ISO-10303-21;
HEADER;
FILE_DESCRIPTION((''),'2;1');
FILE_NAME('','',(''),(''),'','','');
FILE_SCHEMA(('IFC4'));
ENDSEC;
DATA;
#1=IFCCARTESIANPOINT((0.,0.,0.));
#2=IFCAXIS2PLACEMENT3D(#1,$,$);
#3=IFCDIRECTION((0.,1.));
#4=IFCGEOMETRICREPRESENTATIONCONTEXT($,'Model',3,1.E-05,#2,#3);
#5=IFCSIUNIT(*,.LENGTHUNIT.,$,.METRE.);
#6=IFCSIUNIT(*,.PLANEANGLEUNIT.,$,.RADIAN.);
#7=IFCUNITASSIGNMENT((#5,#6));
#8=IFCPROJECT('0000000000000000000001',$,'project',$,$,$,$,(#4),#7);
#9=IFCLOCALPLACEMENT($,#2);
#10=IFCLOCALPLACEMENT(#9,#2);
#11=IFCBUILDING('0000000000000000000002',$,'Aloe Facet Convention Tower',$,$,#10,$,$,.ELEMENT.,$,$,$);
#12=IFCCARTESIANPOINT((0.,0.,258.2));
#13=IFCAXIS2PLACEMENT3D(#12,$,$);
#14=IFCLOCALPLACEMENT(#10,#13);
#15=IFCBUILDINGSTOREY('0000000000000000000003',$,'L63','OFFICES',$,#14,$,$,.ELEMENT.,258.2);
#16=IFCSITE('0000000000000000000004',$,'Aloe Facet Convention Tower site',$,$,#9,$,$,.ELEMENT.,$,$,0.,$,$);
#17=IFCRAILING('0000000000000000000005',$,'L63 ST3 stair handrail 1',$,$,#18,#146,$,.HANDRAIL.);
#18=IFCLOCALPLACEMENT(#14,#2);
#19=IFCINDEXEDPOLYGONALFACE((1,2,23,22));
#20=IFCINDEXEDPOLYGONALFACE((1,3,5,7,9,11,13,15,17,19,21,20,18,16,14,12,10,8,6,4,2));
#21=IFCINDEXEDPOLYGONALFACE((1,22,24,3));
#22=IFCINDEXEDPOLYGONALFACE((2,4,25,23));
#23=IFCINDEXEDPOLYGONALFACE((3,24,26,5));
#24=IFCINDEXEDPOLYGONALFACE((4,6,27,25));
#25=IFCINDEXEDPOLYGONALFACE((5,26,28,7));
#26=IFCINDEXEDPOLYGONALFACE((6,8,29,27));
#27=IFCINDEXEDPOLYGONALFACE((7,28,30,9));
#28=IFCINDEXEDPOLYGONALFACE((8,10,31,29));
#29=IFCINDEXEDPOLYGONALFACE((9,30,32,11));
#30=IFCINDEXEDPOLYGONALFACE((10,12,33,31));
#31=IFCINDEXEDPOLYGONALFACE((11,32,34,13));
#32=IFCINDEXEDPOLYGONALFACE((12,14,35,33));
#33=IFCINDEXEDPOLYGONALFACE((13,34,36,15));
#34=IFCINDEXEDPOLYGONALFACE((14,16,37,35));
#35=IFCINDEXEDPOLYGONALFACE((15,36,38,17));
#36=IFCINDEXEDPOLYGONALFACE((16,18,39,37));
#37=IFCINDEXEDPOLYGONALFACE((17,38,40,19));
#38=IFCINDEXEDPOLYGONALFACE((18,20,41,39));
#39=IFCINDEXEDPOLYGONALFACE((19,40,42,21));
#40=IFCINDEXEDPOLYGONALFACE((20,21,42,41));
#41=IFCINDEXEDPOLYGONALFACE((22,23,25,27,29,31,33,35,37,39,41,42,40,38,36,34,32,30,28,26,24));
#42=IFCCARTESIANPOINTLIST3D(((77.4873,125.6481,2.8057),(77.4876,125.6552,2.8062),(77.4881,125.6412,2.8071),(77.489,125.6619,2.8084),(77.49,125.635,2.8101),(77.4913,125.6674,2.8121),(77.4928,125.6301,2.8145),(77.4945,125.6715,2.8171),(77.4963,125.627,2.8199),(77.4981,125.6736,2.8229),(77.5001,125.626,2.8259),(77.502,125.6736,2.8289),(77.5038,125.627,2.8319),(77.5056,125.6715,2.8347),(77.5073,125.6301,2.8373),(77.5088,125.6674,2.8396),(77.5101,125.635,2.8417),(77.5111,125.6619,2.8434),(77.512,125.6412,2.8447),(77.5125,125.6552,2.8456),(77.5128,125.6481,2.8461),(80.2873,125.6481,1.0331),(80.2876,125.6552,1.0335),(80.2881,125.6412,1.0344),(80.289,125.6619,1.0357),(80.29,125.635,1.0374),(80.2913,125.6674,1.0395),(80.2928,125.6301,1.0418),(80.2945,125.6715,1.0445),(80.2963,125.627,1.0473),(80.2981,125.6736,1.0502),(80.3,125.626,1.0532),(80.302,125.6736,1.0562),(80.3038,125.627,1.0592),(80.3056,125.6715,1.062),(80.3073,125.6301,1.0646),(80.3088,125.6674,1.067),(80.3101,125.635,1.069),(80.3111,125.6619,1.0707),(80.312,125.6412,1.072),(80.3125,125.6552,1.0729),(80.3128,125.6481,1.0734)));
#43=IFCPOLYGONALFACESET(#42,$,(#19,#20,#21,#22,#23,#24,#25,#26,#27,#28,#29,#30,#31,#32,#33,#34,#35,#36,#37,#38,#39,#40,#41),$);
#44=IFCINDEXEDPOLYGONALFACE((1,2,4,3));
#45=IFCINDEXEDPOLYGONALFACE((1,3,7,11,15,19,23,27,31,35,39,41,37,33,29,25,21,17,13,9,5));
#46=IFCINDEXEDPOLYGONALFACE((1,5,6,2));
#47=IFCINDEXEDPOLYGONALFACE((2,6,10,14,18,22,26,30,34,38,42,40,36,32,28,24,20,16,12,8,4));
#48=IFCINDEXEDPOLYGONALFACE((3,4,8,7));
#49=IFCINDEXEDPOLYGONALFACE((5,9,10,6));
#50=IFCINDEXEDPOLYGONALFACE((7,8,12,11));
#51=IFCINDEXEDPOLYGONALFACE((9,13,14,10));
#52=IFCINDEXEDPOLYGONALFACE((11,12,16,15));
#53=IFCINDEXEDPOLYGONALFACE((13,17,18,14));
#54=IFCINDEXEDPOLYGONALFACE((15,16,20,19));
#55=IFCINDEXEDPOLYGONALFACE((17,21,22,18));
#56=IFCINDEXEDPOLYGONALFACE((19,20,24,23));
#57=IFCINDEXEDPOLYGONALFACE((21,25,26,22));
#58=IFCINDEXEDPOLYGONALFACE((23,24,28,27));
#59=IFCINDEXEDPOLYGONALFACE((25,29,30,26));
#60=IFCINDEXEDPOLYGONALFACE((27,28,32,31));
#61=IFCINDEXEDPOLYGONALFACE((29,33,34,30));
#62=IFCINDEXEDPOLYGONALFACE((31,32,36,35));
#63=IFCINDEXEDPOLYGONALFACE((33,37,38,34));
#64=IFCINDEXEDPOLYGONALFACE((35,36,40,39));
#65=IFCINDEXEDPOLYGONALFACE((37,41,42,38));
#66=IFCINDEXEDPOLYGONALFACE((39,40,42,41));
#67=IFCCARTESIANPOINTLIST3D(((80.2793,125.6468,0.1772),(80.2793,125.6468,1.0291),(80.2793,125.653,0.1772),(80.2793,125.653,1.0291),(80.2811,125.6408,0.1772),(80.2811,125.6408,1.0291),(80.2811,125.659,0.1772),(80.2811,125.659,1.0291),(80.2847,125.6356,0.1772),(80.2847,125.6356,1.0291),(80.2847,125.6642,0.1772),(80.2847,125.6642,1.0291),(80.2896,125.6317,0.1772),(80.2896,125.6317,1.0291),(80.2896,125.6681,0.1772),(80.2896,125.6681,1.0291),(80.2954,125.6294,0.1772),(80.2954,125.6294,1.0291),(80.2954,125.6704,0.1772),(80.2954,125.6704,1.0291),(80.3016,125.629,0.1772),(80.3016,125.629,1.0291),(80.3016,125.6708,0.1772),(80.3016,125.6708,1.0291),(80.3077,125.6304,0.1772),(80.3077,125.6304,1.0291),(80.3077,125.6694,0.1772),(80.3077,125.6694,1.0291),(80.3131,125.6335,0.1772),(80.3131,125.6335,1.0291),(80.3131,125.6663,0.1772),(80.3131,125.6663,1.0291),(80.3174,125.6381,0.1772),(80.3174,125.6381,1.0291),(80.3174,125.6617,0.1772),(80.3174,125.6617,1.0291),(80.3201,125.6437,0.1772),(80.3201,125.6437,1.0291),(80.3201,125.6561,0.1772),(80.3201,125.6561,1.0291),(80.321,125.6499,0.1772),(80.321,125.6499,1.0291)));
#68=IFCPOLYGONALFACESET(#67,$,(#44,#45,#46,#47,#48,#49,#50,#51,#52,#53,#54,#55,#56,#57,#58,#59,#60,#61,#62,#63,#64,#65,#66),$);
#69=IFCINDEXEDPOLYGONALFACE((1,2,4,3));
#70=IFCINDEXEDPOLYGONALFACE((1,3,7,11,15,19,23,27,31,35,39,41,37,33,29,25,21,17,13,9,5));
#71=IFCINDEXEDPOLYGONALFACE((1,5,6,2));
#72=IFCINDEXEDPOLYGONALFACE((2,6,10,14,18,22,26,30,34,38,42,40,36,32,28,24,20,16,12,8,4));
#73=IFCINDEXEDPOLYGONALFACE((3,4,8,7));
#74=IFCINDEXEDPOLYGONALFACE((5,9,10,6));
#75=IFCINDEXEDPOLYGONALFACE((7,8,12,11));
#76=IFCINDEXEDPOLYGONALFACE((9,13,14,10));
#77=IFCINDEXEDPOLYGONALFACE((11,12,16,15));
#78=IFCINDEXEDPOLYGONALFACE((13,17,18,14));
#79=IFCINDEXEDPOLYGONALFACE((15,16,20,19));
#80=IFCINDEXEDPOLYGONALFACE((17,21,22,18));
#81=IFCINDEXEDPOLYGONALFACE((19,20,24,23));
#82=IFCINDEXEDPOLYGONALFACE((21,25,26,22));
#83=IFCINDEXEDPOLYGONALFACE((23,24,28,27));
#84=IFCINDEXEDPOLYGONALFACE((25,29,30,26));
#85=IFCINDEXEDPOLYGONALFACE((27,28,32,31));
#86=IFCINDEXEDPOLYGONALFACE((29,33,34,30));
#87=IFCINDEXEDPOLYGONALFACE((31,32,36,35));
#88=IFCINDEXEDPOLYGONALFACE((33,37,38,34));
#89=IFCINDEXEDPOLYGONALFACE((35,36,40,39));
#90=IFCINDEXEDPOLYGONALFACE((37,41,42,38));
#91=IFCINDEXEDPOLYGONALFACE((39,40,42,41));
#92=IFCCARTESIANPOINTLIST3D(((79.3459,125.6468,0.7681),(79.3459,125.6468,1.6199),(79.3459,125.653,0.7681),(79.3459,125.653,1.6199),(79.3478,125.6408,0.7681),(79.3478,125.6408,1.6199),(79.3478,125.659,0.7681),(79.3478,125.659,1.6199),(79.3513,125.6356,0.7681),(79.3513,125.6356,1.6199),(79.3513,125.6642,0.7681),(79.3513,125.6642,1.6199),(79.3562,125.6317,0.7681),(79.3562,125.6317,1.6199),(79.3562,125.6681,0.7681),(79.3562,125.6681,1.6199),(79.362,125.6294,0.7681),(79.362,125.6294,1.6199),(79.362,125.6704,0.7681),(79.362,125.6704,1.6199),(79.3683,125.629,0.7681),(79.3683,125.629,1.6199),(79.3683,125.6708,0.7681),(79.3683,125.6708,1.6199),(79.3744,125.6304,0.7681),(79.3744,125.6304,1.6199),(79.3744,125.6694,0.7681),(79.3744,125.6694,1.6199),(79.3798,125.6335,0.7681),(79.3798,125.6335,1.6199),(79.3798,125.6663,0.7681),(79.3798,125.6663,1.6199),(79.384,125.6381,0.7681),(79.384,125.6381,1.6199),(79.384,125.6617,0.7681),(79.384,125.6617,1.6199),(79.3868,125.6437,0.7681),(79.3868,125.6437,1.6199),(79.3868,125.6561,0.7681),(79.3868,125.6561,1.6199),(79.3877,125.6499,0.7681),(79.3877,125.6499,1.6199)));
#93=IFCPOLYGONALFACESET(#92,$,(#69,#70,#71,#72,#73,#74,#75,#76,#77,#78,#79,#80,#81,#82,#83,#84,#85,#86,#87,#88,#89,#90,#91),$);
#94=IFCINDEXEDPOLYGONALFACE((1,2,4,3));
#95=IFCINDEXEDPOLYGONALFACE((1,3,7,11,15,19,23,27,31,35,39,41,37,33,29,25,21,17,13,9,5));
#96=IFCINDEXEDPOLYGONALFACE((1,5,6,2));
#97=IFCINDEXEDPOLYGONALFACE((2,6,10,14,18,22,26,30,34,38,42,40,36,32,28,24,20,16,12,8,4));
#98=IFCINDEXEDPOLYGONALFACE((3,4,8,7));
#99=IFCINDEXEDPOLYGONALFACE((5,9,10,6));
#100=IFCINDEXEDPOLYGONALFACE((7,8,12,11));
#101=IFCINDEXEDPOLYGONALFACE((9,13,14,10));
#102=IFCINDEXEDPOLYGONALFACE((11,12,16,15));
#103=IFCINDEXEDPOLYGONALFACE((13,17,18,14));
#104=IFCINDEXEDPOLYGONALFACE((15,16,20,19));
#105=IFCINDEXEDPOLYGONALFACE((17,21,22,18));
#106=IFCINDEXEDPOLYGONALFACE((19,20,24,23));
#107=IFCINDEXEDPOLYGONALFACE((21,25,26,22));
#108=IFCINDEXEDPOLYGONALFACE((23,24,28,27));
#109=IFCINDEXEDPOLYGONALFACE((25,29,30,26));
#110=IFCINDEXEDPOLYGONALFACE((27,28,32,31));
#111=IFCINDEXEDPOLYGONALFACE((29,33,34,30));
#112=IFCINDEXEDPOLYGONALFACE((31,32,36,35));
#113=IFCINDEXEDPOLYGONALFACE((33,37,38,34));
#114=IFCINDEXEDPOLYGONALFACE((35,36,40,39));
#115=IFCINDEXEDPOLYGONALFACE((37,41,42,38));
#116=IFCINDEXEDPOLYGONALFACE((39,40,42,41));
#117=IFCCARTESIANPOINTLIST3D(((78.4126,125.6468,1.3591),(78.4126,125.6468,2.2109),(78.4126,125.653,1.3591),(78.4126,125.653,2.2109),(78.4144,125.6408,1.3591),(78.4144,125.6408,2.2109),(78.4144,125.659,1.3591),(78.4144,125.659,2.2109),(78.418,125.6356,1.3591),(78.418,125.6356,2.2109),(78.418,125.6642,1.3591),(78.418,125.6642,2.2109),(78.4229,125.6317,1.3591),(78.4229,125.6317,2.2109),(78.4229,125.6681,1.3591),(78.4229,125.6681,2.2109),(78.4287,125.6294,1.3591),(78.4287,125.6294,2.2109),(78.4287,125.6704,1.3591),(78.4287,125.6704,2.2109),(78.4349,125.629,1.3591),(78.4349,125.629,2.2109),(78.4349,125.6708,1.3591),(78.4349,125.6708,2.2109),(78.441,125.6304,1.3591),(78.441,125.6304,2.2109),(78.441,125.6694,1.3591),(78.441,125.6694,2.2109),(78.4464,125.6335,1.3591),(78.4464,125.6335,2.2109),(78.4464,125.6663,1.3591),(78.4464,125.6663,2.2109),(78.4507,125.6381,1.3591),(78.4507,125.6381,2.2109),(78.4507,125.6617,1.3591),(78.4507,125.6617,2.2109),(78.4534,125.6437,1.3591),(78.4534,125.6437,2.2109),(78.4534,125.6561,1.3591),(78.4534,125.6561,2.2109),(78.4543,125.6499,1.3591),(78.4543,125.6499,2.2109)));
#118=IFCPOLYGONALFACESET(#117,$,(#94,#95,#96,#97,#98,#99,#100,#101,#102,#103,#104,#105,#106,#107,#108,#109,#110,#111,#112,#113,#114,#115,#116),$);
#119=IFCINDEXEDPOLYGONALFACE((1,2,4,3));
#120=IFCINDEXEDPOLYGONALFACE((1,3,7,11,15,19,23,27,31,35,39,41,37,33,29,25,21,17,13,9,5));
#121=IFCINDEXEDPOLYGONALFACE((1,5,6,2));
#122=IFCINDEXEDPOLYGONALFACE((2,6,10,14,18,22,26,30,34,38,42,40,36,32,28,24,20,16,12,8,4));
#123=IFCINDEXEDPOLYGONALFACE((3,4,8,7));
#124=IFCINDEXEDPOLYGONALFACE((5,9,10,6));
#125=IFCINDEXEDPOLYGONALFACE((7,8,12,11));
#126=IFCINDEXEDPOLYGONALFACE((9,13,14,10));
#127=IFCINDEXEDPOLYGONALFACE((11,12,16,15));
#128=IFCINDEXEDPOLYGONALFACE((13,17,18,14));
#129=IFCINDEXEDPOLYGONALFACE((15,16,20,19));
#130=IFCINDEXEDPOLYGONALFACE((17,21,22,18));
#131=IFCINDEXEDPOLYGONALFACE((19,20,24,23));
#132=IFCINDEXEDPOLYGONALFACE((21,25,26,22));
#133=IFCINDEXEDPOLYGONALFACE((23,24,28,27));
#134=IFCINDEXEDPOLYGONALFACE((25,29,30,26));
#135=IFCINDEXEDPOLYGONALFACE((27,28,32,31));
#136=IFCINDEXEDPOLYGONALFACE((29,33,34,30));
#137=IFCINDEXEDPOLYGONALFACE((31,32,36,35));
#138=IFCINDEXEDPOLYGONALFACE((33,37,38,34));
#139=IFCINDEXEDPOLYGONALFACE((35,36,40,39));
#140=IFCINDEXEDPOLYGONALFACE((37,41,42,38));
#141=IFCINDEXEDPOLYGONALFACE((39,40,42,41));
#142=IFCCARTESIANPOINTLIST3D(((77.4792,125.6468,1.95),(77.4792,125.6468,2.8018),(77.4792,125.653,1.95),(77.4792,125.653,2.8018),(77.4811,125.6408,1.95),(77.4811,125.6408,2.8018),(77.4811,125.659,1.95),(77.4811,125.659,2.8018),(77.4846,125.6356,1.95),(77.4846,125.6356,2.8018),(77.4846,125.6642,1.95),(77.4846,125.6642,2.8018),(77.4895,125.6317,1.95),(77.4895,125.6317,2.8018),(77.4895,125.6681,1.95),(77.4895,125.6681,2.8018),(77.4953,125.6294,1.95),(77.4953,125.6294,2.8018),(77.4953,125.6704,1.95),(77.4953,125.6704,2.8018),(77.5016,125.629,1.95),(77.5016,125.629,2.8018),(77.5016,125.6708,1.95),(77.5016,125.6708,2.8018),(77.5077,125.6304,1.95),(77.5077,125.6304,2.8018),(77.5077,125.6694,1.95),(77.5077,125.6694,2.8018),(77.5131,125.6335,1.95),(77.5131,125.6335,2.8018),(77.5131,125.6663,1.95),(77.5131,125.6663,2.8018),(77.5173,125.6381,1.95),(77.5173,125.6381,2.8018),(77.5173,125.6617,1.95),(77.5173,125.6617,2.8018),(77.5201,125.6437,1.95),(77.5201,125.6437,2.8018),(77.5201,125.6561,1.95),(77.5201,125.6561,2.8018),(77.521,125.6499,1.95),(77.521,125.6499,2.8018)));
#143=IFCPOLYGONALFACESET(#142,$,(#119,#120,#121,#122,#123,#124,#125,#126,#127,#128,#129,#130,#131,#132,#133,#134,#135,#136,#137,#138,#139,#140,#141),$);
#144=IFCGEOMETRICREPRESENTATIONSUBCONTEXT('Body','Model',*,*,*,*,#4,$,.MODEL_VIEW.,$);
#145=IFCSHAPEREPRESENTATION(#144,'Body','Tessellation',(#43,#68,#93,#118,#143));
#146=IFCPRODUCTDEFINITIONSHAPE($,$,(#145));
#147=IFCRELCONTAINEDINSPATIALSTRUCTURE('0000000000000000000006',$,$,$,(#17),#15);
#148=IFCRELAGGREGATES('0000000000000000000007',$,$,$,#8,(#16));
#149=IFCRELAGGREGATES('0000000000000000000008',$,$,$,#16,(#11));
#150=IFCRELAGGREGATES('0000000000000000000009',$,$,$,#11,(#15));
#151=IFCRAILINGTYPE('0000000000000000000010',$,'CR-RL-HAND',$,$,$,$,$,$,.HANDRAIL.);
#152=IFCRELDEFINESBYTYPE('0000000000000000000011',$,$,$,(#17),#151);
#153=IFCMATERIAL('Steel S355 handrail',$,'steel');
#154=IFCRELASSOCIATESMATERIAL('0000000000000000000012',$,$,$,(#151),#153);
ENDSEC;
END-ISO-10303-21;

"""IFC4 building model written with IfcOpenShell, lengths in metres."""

from ifc_helpers import new_model, si_unit, direction, frame, origin, origin_2d, place, context, subcontext, project, spatial, circle, extrude, material, type_object, element, save


model = new_model("IFC4")

# Units and contexts
model_context = context("Model", 3, precision=1e-05, world=origin(), true_north=direction((0.0, 1.0)))
body_context = subcontext(model_context, "Body", "Model", "MODEL_VIEW")
ifc_project = project(units=[si_unit("LENGTHUNIT", "METRE"), si_unit("PLANEANGLEUNIT", "RADIAN")], contexts=[model_context])

# Site, building, storey
site_placement = place(None, origin())
site = spatial("IfcSite", under=ifc_project, at=site_placement, Name="Aloe Facet Convention Tower site", CompositionType="ELEMENT", RefElevation=0.0)
building_placement = place(site_placement, origin())
building = spatial("IfcBuilding", under=site, at=building_placement, Name="Aloe Facet Convention Tower", CompositionType="ELEMENT")
storey_placement = place(building_placement, frame((0.0, 0.0, 258.2)))
storey = spatial("IfcBuildingStorey", under=building, at=storey_placement, Name="L63", Description="OFFICES", CompositionType="ELEMENT", Elevation=258.2)

# Railing
ifc_material_1 = material(Name="Steel S355 handrail", Category="steel")
railing_type_1 = type_object("IfcRailingType", Name="CR-RL-HAND", PredefinedType="HANDRAIL", material=ifc_material_1)
railing_1_placement = place(storey_placement, frame((80.3, 125.6499, 0.1772)))
element("IfcRailing", 1, at=railing_1_placement, inside=storey, type_object=railing_type_1, Name="L63 ST3 stair handrail 1", PredefinedType="HANDRAIL", context=body_context, shape_type="SweptSolid", body=[
    extrude(circle(Radius=0.0239, at=origin_2d()), frame((0.0, 0.0, 0.876), z_axis=(-0.844909, 0.0, 0.53491), x_axis=(0.0, -1.0, 0.0)), (0.0, 0.0, 1.0), 3.314),
    extrude(circle(Radius=0.021, at=origin_2d()), origin(), (0.0, 0.0, 1.0), 0.8518),
    extrude(circle(Radius=0.021, at=origin_2d()), frame((-0.9333, 0.0, 0.5908)), (0.0, 0.0, 1.0), 0.8518),
    extrude(circle(Radius=0.021, at=origin_2d()), frame((-1.8667, 0.0, 1.1819)), (0.0, 0.0, 1.0), 0.8518),
    extrude(circle(Radius=0.021, at=origin_2d()), frame((-2.8, 0.0, 1.7727)), (0.0, 0.0, 1.0), 0.8518),
])

save(model, "model.ifc")
